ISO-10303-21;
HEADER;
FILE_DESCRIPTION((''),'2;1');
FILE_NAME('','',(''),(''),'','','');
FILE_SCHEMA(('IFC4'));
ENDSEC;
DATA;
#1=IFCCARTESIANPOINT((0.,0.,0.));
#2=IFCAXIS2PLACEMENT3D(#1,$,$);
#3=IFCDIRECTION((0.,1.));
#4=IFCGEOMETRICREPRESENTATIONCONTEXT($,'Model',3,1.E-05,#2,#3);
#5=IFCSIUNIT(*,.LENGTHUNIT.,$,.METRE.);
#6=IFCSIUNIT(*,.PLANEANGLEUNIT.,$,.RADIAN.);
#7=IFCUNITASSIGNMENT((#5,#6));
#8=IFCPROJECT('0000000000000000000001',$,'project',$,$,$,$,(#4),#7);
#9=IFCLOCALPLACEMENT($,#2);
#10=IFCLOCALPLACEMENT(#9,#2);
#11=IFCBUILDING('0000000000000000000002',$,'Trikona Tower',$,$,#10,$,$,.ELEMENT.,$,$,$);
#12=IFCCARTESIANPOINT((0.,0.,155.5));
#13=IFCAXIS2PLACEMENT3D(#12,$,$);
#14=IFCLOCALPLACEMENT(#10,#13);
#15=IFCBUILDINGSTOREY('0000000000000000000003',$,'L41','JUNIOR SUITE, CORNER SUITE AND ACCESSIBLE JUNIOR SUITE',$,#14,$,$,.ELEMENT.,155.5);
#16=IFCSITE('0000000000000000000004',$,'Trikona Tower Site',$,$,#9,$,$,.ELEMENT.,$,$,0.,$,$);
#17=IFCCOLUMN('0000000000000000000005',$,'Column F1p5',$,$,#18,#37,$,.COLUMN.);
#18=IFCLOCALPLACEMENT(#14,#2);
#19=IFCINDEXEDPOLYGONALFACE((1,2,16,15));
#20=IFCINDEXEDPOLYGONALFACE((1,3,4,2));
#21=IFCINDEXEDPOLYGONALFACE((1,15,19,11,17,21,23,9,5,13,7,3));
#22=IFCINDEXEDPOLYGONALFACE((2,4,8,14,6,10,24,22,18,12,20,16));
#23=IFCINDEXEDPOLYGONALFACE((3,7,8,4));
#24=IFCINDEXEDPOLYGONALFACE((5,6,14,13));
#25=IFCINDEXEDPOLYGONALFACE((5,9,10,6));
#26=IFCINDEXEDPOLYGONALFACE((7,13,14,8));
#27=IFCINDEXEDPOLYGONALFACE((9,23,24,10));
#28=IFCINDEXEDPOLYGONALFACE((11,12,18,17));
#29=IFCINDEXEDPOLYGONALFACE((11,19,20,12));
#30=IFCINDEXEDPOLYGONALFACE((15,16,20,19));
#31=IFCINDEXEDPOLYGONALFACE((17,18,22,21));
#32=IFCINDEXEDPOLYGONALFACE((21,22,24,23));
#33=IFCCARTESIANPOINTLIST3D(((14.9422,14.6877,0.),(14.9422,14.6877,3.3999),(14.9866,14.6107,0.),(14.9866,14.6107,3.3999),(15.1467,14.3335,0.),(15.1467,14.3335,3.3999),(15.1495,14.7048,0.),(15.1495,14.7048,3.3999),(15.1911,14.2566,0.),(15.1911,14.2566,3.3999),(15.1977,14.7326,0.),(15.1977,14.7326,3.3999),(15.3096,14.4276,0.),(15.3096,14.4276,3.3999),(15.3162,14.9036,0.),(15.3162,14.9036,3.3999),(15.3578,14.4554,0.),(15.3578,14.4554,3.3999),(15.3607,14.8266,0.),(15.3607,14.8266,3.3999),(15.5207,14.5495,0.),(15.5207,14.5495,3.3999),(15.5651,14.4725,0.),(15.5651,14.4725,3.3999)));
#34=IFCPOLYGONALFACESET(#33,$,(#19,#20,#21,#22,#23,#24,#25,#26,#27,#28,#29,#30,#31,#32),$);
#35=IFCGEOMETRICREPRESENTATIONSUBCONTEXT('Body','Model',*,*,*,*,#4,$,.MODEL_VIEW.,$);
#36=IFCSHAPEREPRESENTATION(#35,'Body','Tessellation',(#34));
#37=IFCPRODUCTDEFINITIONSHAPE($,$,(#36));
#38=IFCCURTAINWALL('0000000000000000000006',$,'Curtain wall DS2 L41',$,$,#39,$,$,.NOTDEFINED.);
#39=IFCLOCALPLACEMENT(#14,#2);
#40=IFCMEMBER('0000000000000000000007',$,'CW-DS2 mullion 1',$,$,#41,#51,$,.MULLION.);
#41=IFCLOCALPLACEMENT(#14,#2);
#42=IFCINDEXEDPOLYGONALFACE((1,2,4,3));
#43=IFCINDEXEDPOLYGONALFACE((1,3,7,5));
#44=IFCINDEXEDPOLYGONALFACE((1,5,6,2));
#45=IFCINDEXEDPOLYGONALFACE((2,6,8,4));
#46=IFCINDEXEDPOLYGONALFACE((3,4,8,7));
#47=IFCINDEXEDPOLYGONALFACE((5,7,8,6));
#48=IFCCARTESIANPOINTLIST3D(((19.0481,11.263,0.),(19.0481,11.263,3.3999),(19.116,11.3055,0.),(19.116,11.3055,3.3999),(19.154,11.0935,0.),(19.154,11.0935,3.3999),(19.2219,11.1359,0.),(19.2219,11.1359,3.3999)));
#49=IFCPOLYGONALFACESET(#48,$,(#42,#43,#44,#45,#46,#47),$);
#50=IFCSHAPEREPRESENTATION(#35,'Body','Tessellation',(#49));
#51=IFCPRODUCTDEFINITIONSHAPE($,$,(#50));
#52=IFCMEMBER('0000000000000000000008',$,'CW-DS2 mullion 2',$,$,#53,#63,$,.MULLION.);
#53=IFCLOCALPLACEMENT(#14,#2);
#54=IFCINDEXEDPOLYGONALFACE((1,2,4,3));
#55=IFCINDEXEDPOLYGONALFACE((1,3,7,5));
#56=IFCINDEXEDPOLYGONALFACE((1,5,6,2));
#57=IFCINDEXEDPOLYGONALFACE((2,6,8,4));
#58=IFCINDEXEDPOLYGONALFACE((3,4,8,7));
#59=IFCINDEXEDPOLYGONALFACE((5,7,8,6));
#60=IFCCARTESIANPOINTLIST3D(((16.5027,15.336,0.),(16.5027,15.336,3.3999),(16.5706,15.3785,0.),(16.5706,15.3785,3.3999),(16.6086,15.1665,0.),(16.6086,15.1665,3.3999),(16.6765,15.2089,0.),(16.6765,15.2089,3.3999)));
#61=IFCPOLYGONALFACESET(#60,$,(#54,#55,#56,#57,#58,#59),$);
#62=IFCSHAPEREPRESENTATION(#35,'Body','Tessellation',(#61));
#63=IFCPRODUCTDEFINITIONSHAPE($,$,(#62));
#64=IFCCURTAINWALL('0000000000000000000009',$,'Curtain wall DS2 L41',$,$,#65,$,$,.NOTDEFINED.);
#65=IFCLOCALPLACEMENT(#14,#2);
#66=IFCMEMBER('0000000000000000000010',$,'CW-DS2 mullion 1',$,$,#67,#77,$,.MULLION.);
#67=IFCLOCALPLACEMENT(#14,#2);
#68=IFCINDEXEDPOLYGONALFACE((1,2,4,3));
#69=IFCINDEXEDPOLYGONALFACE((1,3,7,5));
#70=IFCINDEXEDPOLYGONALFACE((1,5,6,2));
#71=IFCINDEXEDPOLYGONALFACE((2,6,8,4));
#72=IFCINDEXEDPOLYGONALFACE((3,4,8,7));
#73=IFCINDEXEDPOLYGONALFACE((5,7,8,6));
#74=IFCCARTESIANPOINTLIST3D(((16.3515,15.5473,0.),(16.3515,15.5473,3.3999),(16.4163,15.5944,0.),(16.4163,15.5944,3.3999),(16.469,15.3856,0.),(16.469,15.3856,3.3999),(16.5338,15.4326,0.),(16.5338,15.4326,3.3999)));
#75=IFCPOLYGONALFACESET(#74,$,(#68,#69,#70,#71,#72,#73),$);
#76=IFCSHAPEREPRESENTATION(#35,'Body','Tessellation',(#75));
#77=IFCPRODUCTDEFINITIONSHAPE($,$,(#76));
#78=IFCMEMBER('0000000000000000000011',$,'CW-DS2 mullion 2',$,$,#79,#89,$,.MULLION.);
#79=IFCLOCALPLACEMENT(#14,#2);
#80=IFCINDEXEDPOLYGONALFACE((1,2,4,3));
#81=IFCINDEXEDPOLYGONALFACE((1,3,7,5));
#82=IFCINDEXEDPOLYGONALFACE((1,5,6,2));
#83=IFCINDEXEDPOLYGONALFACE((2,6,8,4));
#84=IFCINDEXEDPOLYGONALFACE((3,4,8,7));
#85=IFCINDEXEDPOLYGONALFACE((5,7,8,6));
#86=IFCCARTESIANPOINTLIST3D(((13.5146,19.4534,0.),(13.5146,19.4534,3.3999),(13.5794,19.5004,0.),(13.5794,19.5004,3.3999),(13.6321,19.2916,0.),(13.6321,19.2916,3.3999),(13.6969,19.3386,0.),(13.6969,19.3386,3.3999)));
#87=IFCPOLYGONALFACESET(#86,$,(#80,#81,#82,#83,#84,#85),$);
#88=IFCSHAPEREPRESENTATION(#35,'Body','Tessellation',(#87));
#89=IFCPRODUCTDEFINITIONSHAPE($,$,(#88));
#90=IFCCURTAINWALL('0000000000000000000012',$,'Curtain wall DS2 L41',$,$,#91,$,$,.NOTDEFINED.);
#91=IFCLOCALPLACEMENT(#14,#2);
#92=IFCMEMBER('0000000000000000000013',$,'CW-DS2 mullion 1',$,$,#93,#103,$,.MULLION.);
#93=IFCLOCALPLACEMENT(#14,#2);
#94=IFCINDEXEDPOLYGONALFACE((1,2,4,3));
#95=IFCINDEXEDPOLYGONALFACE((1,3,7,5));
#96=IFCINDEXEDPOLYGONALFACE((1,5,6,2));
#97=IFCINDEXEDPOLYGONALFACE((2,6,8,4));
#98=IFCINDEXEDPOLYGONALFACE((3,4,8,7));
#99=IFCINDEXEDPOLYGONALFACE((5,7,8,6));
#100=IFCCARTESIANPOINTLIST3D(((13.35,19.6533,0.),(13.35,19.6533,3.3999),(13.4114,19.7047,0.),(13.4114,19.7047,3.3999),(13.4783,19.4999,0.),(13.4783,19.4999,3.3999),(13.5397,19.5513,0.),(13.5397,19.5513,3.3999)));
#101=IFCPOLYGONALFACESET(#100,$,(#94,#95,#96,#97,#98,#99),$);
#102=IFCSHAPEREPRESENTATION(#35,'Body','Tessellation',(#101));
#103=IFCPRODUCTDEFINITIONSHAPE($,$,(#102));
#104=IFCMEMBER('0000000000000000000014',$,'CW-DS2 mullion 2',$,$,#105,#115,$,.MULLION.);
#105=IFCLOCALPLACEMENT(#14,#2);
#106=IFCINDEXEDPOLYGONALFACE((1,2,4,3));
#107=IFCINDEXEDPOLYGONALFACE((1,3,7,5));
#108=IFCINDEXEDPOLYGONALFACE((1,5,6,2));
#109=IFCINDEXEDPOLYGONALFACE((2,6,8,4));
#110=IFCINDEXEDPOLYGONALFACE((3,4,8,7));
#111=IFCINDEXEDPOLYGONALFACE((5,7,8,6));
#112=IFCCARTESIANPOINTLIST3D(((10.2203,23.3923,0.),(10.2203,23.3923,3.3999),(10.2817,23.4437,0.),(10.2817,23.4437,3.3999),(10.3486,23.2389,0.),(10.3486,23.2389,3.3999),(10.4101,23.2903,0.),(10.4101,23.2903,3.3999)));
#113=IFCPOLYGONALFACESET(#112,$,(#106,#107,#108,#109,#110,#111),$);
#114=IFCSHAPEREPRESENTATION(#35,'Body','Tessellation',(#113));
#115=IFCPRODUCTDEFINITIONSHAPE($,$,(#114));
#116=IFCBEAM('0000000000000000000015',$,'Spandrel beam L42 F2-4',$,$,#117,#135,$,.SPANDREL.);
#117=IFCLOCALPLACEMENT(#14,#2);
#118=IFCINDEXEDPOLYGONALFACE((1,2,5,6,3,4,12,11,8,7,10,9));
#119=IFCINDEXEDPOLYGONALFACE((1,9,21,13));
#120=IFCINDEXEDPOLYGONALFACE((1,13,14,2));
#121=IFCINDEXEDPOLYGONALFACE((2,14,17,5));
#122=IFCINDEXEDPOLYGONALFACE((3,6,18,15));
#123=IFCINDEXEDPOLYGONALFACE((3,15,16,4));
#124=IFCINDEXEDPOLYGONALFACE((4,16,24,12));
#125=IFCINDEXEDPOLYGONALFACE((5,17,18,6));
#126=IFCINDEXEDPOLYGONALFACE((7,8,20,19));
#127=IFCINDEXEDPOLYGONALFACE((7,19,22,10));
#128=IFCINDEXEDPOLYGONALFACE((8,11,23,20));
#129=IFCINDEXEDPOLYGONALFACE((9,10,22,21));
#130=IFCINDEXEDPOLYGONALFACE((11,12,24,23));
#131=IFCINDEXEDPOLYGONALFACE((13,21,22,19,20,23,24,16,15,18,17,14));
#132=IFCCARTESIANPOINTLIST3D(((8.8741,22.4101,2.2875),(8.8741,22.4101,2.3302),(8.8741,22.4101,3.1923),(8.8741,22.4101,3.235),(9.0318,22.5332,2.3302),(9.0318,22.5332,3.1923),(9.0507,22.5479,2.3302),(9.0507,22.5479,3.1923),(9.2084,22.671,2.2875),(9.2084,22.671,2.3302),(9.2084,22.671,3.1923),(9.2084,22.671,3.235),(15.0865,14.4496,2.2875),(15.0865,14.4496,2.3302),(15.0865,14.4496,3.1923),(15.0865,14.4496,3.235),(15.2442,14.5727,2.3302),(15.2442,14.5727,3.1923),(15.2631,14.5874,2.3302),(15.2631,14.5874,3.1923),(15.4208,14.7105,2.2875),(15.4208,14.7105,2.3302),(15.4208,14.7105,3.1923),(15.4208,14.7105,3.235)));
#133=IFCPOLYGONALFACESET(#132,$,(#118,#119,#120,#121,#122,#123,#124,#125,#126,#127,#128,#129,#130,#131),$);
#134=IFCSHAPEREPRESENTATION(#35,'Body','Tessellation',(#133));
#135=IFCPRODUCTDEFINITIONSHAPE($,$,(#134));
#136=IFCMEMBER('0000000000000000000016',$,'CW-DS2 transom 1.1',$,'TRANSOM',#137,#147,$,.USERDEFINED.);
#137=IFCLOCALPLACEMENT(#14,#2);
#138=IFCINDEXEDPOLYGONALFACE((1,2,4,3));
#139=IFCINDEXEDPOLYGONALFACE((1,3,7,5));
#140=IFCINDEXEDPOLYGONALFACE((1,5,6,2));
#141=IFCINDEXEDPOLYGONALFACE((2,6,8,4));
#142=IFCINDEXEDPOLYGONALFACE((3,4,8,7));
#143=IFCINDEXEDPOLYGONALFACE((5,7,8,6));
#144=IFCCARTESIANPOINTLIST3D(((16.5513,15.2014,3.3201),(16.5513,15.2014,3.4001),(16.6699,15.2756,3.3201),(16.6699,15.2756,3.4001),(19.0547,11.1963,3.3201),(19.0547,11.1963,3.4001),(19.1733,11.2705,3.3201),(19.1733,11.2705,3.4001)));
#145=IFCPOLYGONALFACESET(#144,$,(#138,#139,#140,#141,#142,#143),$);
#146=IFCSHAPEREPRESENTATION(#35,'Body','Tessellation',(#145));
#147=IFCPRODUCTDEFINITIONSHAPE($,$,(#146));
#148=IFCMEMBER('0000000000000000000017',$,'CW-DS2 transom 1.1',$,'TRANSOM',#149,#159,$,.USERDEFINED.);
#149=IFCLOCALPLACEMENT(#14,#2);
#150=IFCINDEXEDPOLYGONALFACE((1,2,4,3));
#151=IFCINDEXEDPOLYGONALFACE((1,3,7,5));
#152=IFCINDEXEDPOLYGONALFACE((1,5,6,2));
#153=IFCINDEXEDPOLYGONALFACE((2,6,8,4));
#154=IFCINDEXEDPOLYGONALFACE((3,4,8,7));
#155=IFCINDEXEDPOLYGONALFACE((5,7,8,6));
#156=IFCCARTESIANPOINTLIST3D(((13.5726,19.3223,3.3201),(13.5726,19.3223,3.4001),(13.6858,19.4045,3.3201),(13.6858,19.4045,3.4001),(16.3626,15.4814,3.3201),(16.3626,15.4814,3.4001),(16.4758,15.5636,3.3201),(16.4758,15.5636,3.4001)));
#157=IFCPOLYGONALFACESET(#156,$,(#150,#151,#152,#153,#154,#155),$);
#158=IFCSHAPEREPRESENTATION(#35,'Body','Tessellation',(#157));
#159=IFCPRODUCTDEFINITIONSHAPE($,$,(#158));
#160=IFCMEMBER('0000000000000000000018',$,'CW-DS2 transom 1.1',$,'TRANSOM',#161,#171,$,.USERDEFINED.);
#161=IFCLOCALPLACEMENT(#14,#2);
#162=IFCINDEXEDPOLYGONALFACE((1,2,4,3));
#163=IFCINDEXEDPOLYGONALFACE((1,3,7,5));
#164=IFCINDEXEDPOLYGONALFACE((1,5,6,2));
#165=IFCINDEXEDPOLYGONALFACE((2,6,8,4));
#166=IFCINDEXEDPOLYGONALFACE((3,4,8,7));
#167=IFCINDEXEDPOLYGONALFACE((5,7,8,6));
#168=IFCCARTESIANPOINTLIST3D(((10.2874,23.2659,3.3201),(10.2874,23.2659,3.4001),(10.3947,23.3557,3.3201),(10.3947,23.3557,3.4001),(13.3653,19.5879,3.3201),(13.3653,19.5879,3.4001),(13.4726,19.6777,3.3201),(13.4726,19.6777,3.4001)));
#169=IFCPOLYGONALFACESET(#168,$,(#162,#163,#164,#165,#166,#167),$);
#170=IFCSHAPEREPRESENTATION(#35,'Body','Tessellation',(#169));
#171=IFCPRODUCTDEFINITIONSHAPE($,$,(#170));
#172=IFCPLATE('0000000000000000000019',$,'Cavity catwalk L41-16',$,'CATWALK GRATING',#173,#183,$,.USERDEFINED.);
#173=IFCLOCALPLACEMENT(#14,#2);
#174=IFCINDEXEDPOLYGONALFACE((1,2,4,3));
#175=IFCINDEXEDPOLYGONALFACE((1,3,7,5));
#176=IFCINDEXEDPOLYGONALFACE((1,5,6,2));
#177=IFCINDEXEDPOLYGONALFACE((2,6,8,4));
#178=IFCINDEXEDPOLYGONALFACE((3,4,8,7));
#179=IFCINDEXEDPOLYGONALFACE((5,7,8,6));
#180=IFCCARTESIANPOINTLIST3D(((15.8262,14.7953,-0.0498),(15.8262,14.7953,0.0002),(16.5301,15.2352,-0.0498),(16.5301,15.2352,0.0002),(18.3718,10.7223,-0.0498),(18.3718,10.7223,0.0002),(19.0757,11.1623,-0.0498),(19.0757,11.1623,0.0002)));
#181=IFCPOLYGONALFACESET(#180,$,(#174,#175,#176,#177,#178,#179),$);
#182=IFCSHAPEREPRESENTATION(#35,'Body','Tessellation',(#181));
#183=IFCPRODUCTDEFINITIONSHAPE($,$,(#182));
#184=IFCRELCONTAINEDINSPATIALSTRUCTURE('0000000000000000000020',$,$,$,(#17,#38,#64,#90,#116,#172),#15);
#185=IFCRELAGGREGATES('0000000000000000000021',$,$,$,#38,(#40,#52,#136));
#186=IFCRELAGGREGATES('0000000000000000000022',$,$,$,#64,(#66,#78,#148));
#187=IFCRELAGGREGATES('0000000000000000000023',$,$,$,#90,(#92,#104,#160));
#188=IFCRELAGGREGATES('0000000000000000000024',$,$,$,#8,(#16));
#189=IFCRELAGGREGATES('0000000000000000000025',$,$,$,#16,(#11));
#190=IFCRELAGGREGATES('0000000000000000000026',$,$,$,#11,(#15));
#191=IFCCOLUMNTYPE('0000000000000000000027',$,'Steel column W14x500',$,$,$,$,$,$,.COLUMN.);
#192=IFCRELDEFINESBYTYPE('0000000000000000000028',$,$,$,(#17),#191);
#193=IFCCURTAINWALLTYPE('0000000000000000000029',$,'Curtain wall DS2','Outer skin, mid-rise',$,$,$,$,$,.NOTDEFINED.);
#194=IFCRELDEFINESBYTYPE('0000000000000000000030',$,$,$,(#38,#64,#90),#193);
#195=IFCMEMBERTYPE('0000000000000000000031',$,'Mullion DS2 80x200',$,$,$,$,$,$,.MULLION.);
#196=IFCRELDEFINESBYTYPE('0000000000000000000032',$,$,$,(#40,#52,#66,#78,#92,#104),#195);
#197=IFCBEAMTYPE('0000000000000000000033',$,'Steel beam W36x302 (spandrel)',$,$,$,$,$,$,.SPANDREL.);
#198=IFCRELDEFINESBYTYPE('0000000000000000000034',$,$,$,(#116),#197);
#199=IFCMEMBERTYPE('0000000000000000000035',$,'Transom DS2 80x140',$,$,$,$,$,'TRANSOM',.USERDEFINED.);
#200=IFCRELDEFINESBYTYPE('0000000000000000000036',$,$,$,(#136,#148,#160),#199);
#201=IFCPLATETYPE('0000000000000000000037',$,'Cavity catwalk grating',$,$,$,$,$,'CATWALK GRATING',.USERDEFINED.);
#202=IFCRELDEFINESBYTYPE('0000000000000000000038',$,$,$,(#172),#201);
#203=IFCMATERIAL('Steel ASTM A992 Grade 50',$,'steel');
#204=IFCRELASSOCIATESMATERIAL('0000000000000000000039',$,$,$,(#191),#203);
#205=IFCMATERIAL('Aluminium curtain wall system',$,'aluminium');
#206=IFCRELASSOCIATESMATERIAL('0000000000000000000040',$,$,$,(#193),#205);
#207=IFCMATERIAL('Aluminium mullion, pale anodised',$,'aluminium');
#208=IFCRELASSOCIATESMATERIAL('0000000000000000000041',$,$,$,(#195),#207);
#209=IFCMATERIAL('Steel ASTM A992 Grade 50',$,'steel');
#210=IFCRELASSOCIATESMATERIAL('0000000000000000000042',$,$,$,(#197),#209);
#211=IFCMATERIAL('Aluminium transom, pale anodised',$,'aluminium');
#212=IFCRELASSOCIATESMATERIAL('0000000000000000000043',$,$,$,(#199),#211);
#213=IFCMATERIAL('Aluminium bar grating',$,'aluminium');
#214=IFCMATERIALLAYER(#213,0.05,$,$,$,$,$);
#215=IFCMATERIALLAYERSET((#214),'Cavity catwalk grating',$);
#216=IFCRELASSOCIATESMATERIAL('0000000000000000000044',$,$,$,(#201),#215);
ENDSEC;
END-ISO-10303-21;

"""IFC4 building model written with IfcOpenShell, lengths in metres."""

from ifc_helpers import new_model, si_unit, direction, frame, origin, origin_2d, place, context, subcontext, project, spatial, rectangle, i_section, extrude, material, layer, layer_set, material_profile, profile_set, type_object, element, aggregate, save


model = new_model("IFC4")

# Units and contexts
model_context = context("Model", 3, precision=1e-05, world=origin(), true_north=direction((0.0, 1.0)))
body_context = subcontext(model_context, "Body", "Model", "MODEL_VIEW")
ifc_project = project(units=[si_unit("LENGTHUNIT", "METRE"), si_unit("PLANEANGLEUNIT", "RADIAN")], contexts=[model_context])

# Site, building, storey
site_placement = place(None, origin())
site = spatial("IfcSite", under=ifc_project, at=site_placement, Name="Trikona Tower Site", CompositionType="ELEMENT", RefElevation=0.0)
building_placement = place(site_placement, origin())
building = spatial("IfcBuilding", under=site, at=building_placement, Name="Trikona Tower", CompositionType="ELEMENT")
storey_placement = place(building_placement, frame((0.0, 0.0, 155.5)))
storey = spatial("IfcBuildingStorey", under=building, at=storey_placement, Name="L41", Description="JUNIOR SUITE, CORNER SUITE AND ACCESSIBLE JUNIOR SUITE", CompositionType="ELEMENT", Elevation=155.5)

# Column
ifc_material_1 = material(Name="Steel ASTM A992 Grade 50", Category="steel")
ifc_material_profile_1 = material_profile(ifc_material_1, i_section(OverallWidth=0.4319, OverallDepth=0.4978, WebThickness=0.0557, FlangeThickness=0.0889, at=origin_2d()), Name="W14X500")
ifc_profile_set_1 = profile_set([ifc_material_profile_1], Name="Steel ASTM A992 Grade 50")
column_type = type_object("IfcColumnType", Name="Steel column W14x500", PredefinedType="COLUMN", material=ifc_profile_set_1)
column_placement = place(storey_placement, frame((15.2537, 14.5801, 0.0), z_axis=(0.0, 0.0, 1.0), x_axis=(0.866025, 0.5, 0.0)))
element("IfcColumn", 1, at=column_placement, inside=storey, type_object=column_type, Name="Column F1p5", PredefinedType="COLUMN", context=body_context, shape_type="SweptSolid", body=[
    extrude(i_section(OverallWidth=0.4319, OverallDepth=0.4978, WebThickness=0.0557, FlangeThickness=0.0889, at=origin_2d()), origin(), (0.0, 0.0, 1.0), 3.3999),
])

# Curtain walls, members
ifc_material_2 = material(Name="Aluminium curtain wall system", Category="aluminium")
curtain_wall_type = type_object("IfcCurtainWallType", Name="Curtain wall DS2", Description="Outer skin, mid-rise", PredefinedType="NOTDEFINED", material=ifc_material_2)
curtain_wall_1_placement = place(storey_placement, origin())
curtain_wall_1 = element("IfcCurtainWall", 2, at=curtain_wall_1_placement, inside=storey, type_object=curtain_wall_type, Name="Curtain wall DS2 L41", PredefinedType="NOTDEFINED")
ifc_material_3 = material(Name="Aluminium mullion, pale anodised", Category="aluminium")
ifc_material_profile_2 = material_profile(ifc_material_3, rectangle(XDim=0.0801, YDim=0.2, at=origin_2d()), Name="MUL-DS2")
ifc_profile_set_2 = profile_set([ifc_material_profile_2], Name="Aluminium mullion, pale anodised")
member_type_1 = type_object("IfcMemberType", Name="Mullion DS2 80x200", PredefinedType="MULLION", material=ifc_profile_set_2)
member_1_placement = place(storey_placement, frame((19.135, 11.1995, 0.0), z_axis=(0.0, 0.0, 1.0), x_axis=(-0.847998, -0.529999, 0.0)))
member_1 = element("IfcMember", 3, at=member_1_placement, type_object=member_type_1, Name="CW-DS2 mullion 1", PredefinedType="MULLION", context=body_context, shape_type="SweptSolid", body=[
    extrude(rectangle(XDim=0.0801, YDim=0.2, at=origin_2d()), origin(), (0.0, 0.0, 1.0), 3.3999),
])
member_2_placement = place(storey_placement, frame((16.5896, 15.2725, 0.0), z_axis=(0.0, 0.0, 1.0), x_axis=(-0.847998, -0.529999, 0.0)))
member_2 = element("IfcMember", 4, at=member_2_placement, type_object=member_type_1, Name="CW-DS2 mullion 2", PredefinedType="MULLION", context=body_context, shape_type="SweptSolid", body=[
    extrude(rectangle(XDim=0.0801, YDim=0.2, at=origin_2d()), origin(), (0.0, 0.0, 1.0), 3.3999),
])
curtain_wall_2_placement = place(storey_placement, origin())
curtain_wall_2 = element("IfcCurtainWall", 5, at=curtain_wall_2_placement, inside=storey, type_object=curtain_wall_type, Name="Curtain wall DS2 L41", PredefinedType="NOTDEFINED")
member_3_placement = place(storey_placement, frame((16.4426, 15.49, 0.0), z_axis=(0.0, 0.0, 1.0), x_axis=(-0.809086, -0.587691, 0.0)))
member_3 = element("IfcMember", 6, at=member_3_placement, type_object=member_type_1, Name="CW-DS2 mullion 1", PredefinedType="MULLION", context=body_context, shape_type="SweptSolid", body=[
    extrude(rectangle(XDim=0.0801, YDim=0.2, at=origin_2d()), origin(), (0.0, 0.0, 1.0), 3.3999),
])
member_4_placement = place(storey_placement, frame((13.6057, 19.396, 0.0), z_axis=(0.0, 0.0, 1.0), x_axis=(-0.809086, -0.587691, 0.0)))
member_4 = element("IfcMember", 7, at=member_4_placement, type_object=member_type_1, Name="CW-DS2 mullion 2", PredefinedType="MULLION", context=body_context, shape_type="SweptSolid", body=[
    extrude(rectangle(XDim=0.0801, YDim=0.2, at=origin_2d()), origin(), (0.0, 0.0, 1.0), 3.3999),
])
curtain_wall_3_placement = place(storey_placement, origin())
curtain_wall_3 = element("IfcCurtainWall", 8, at=curtain_wall_3_placement, inside=storey, type_object=curtain_wall_type, Name="Curtain wall DS2 L41", PredefinedType="NOTDEFINED")
member_5_placement = place(storey_placement, frame((13.4448, 19.6023, 0.0), z_axis=(0.0, 0.0, 1.0), x_axis=(-0.766867, -0.641806, 0.0)))
member_5 = element("IfcMember", 9, at=member_5_placement, type_object=member_type_1, Name="CW-DS2 mullion 1", PredefinedType="MULLION", context=body_context, shape_type="SweptSolid", body=[
    extrude(rectangle(XDim=0.0801, YDim=0.2, at=origin_2d()), origin(), (0.0, 0.0, 1.0), 3.3999),
])
member_6_placement = place(storey_placement, frame((10.3152, 23.3413, 0.0), z_axis=(0.0, 0.0, 1.0), x_axis=(-0.766867, -0.641806, 0.0)))
member_6 = element("IfcMember", 10, at=member_6_placement, type_object=member_type_1, Name="CW-DS2 mullion 2", PredefinedType="MULLION", context=body_context, shape_type="SweptSolid", body=[
    extrude(rectangle(XDim=0.0801, YDim=0.2, at=origin_2d()), origin(), (0.0, 0.0, 1.0), 3.3999),
])

# Beam
ifc_material_4 = material(Name="Steel ASTM A992 Grade 50", Category="steel")
ifc_material_profile_3 = material_profile(ifc_material_4, i_section(OverallWidth=0.4241, OverallDepth=0.9475, WebThickness=0.0239, FlangeThickness=0.0427, at=origin_2d()), Name="W36X302")
ifc_profile_set_3 = profile_set([ifc_material_profile_3], Name="Steel ASTM A992 Grade 50")
beam_type = type_object("IfcBeamType", Name="Steel beam W36x302 (spandrel)", PredefinedType="SPANDREL", material=ifc_profile_set_3)
beam_placement = place(storey_placement, frame((15.2537, 14.5801, 2.7612), z_axis=(-0.615232, 0.788346, 0.0), x_axis=(-0.788346, -0.615232, 0.0)))
element("IfcBeam", 11, at=beam_placement, inside=storey, type_object=beam_type, Name="Spandrel beam L42 F2-4", PredefinedType="SPANDREL", context=body_context, shape_type="SweptSolid", body=[
    extrude(i_section(OverallWidth=0.4241, OverallDepth=0.9475, WebThickness=0.0239, FlangeThickness=0.0427, at=origin_2d()), origin(), (0.0, 0.0, 1.0), 10.0977),
])

# Members
ifc_material_5 = material(Name="Aluminium transom, pale anodised", Category="aluminium")
ifc_material_profile_4 = material_profile(ifc_material_5, rectangle(XDim=0.1399, YDim=0.0801, at=origin_2d()), Name="TRN-DS2")
ifc_profile_set_4 = profile_set([ifc_material_profile_4], Name="Aluminium transom, pale anodised")
member_type_2 = type_object("IfcMemberType", Name="Transom DS2 80x140", ElementType="TRANSOM", PredefinedType="USERDEFINED", material=ifc_profile_set_4)
member_7_placement = place(storey_placement, frame((19.114, 11.2334, 3.3601), z_axis=(-0.530031, 0.847978, 0.0), x_axis=(-0.847978, -0.530031, 0.0)))
member_7 = element("IfcMember", 12, at=member_7_placement, type_object=member_type_2, Name="CW-DS2 transom 1.1", ObjectType="TRANSOM", PredefinedType="USERDEFINED", context=body_context, shape_type="SweptSolid", body=[
    extrude(rectangle(XDim=0.1399, YDim=0.0801, at=origin_2d()), origin(), (0.0, 0.0, 1.0), 4.7231),
])
member_8_placement = place(storey_placement, frame((16.4192, 15.5225, 3.3601), z_axis=(-0.587695, 0.809083, 0.0), x_axis=(-0.809083, -0.587695, 0.0)))
member_8 = element("IfcMember", 13, at=member_8_placement, type_object=member_type_2, Name="CW-DS2 transom 1.1", ObjectType="TRANSOM", PredefinedType="USERDEFINED", context=body_context, shape_type="SweptSolid", body=[
    extrude(rectangle(XDim=0.1399, YDim=0.0801, at=origin_2d()), origin(), (0.0, 0.0, 1.0), 4.7473),
])
member_9_placement = place(storey_placement, frame((13.4189, 19.6328, 3.3601), z_axis=(-0.64177, 0.766897, 0.0), x_axis=(-0.766897, -0.64177, 0.0)))
member_9 = element("IfcMember", 14, at=member_9_placement, type_object=member_type_2, Name="CW-DS2 transom 1.1", ObjectType="TRANSOM", PredefinedType="USERDEFINED", context=body_context, shape_type="SweptSolid", body=[
    extrude(rectangle(XDim=0.1399, YDim=0.0801, at=origin_2d()), origin(), (0.0, 0.0, 1.0), 4.7959),
])

# Plate
ifc_material_6 = material(Name="Aluminium bar grating", Category="aluminium")
ifc_layer_1 = layer(ifc_material_6, 0.05)
ifc_layer_set_1 = layer_set([ifc_layer_1], Name="Cavity catwalk grating")
plate_type_1 = type_object("IfcPlateType", Name="Cavity catwalk grating", ElementType="CATWALK GRATING", PredefinedType="USERDEFINED", material=ifc_layer_set_1)
plate_1_placement = place(storey_placement, frame((17.4509, 12.9788, -0.0498), z_axis=(0.0, 0.0, 1.0), x_axis=(-0.529995, 0.848001, 0.0)))
element("IfcPlate", 15, at=plate_1_placement, inside=storey, type_object=plate_type_1, Name="Cavity catwalk L41-16", ObjectType="CATWALK GRATING", PredefinedType="USERDEFINED", context=body_context, shape_type="SweptSolid", body=[
    extrude(rectangle(XDim=4.803, YDim=0.8301, at=origin_2d()), origin(), (0.0, 0.0, 1.0), 0.05),
])

aggregate(curtain_wall_1, [member_1, member_2, member_7])
aggregate(curtain_wall_2, [member_3, member_4, member_8])
aggregate(curtain_wall_3, [member_5, member_6, member_9])

save(model, "model.ifc")
